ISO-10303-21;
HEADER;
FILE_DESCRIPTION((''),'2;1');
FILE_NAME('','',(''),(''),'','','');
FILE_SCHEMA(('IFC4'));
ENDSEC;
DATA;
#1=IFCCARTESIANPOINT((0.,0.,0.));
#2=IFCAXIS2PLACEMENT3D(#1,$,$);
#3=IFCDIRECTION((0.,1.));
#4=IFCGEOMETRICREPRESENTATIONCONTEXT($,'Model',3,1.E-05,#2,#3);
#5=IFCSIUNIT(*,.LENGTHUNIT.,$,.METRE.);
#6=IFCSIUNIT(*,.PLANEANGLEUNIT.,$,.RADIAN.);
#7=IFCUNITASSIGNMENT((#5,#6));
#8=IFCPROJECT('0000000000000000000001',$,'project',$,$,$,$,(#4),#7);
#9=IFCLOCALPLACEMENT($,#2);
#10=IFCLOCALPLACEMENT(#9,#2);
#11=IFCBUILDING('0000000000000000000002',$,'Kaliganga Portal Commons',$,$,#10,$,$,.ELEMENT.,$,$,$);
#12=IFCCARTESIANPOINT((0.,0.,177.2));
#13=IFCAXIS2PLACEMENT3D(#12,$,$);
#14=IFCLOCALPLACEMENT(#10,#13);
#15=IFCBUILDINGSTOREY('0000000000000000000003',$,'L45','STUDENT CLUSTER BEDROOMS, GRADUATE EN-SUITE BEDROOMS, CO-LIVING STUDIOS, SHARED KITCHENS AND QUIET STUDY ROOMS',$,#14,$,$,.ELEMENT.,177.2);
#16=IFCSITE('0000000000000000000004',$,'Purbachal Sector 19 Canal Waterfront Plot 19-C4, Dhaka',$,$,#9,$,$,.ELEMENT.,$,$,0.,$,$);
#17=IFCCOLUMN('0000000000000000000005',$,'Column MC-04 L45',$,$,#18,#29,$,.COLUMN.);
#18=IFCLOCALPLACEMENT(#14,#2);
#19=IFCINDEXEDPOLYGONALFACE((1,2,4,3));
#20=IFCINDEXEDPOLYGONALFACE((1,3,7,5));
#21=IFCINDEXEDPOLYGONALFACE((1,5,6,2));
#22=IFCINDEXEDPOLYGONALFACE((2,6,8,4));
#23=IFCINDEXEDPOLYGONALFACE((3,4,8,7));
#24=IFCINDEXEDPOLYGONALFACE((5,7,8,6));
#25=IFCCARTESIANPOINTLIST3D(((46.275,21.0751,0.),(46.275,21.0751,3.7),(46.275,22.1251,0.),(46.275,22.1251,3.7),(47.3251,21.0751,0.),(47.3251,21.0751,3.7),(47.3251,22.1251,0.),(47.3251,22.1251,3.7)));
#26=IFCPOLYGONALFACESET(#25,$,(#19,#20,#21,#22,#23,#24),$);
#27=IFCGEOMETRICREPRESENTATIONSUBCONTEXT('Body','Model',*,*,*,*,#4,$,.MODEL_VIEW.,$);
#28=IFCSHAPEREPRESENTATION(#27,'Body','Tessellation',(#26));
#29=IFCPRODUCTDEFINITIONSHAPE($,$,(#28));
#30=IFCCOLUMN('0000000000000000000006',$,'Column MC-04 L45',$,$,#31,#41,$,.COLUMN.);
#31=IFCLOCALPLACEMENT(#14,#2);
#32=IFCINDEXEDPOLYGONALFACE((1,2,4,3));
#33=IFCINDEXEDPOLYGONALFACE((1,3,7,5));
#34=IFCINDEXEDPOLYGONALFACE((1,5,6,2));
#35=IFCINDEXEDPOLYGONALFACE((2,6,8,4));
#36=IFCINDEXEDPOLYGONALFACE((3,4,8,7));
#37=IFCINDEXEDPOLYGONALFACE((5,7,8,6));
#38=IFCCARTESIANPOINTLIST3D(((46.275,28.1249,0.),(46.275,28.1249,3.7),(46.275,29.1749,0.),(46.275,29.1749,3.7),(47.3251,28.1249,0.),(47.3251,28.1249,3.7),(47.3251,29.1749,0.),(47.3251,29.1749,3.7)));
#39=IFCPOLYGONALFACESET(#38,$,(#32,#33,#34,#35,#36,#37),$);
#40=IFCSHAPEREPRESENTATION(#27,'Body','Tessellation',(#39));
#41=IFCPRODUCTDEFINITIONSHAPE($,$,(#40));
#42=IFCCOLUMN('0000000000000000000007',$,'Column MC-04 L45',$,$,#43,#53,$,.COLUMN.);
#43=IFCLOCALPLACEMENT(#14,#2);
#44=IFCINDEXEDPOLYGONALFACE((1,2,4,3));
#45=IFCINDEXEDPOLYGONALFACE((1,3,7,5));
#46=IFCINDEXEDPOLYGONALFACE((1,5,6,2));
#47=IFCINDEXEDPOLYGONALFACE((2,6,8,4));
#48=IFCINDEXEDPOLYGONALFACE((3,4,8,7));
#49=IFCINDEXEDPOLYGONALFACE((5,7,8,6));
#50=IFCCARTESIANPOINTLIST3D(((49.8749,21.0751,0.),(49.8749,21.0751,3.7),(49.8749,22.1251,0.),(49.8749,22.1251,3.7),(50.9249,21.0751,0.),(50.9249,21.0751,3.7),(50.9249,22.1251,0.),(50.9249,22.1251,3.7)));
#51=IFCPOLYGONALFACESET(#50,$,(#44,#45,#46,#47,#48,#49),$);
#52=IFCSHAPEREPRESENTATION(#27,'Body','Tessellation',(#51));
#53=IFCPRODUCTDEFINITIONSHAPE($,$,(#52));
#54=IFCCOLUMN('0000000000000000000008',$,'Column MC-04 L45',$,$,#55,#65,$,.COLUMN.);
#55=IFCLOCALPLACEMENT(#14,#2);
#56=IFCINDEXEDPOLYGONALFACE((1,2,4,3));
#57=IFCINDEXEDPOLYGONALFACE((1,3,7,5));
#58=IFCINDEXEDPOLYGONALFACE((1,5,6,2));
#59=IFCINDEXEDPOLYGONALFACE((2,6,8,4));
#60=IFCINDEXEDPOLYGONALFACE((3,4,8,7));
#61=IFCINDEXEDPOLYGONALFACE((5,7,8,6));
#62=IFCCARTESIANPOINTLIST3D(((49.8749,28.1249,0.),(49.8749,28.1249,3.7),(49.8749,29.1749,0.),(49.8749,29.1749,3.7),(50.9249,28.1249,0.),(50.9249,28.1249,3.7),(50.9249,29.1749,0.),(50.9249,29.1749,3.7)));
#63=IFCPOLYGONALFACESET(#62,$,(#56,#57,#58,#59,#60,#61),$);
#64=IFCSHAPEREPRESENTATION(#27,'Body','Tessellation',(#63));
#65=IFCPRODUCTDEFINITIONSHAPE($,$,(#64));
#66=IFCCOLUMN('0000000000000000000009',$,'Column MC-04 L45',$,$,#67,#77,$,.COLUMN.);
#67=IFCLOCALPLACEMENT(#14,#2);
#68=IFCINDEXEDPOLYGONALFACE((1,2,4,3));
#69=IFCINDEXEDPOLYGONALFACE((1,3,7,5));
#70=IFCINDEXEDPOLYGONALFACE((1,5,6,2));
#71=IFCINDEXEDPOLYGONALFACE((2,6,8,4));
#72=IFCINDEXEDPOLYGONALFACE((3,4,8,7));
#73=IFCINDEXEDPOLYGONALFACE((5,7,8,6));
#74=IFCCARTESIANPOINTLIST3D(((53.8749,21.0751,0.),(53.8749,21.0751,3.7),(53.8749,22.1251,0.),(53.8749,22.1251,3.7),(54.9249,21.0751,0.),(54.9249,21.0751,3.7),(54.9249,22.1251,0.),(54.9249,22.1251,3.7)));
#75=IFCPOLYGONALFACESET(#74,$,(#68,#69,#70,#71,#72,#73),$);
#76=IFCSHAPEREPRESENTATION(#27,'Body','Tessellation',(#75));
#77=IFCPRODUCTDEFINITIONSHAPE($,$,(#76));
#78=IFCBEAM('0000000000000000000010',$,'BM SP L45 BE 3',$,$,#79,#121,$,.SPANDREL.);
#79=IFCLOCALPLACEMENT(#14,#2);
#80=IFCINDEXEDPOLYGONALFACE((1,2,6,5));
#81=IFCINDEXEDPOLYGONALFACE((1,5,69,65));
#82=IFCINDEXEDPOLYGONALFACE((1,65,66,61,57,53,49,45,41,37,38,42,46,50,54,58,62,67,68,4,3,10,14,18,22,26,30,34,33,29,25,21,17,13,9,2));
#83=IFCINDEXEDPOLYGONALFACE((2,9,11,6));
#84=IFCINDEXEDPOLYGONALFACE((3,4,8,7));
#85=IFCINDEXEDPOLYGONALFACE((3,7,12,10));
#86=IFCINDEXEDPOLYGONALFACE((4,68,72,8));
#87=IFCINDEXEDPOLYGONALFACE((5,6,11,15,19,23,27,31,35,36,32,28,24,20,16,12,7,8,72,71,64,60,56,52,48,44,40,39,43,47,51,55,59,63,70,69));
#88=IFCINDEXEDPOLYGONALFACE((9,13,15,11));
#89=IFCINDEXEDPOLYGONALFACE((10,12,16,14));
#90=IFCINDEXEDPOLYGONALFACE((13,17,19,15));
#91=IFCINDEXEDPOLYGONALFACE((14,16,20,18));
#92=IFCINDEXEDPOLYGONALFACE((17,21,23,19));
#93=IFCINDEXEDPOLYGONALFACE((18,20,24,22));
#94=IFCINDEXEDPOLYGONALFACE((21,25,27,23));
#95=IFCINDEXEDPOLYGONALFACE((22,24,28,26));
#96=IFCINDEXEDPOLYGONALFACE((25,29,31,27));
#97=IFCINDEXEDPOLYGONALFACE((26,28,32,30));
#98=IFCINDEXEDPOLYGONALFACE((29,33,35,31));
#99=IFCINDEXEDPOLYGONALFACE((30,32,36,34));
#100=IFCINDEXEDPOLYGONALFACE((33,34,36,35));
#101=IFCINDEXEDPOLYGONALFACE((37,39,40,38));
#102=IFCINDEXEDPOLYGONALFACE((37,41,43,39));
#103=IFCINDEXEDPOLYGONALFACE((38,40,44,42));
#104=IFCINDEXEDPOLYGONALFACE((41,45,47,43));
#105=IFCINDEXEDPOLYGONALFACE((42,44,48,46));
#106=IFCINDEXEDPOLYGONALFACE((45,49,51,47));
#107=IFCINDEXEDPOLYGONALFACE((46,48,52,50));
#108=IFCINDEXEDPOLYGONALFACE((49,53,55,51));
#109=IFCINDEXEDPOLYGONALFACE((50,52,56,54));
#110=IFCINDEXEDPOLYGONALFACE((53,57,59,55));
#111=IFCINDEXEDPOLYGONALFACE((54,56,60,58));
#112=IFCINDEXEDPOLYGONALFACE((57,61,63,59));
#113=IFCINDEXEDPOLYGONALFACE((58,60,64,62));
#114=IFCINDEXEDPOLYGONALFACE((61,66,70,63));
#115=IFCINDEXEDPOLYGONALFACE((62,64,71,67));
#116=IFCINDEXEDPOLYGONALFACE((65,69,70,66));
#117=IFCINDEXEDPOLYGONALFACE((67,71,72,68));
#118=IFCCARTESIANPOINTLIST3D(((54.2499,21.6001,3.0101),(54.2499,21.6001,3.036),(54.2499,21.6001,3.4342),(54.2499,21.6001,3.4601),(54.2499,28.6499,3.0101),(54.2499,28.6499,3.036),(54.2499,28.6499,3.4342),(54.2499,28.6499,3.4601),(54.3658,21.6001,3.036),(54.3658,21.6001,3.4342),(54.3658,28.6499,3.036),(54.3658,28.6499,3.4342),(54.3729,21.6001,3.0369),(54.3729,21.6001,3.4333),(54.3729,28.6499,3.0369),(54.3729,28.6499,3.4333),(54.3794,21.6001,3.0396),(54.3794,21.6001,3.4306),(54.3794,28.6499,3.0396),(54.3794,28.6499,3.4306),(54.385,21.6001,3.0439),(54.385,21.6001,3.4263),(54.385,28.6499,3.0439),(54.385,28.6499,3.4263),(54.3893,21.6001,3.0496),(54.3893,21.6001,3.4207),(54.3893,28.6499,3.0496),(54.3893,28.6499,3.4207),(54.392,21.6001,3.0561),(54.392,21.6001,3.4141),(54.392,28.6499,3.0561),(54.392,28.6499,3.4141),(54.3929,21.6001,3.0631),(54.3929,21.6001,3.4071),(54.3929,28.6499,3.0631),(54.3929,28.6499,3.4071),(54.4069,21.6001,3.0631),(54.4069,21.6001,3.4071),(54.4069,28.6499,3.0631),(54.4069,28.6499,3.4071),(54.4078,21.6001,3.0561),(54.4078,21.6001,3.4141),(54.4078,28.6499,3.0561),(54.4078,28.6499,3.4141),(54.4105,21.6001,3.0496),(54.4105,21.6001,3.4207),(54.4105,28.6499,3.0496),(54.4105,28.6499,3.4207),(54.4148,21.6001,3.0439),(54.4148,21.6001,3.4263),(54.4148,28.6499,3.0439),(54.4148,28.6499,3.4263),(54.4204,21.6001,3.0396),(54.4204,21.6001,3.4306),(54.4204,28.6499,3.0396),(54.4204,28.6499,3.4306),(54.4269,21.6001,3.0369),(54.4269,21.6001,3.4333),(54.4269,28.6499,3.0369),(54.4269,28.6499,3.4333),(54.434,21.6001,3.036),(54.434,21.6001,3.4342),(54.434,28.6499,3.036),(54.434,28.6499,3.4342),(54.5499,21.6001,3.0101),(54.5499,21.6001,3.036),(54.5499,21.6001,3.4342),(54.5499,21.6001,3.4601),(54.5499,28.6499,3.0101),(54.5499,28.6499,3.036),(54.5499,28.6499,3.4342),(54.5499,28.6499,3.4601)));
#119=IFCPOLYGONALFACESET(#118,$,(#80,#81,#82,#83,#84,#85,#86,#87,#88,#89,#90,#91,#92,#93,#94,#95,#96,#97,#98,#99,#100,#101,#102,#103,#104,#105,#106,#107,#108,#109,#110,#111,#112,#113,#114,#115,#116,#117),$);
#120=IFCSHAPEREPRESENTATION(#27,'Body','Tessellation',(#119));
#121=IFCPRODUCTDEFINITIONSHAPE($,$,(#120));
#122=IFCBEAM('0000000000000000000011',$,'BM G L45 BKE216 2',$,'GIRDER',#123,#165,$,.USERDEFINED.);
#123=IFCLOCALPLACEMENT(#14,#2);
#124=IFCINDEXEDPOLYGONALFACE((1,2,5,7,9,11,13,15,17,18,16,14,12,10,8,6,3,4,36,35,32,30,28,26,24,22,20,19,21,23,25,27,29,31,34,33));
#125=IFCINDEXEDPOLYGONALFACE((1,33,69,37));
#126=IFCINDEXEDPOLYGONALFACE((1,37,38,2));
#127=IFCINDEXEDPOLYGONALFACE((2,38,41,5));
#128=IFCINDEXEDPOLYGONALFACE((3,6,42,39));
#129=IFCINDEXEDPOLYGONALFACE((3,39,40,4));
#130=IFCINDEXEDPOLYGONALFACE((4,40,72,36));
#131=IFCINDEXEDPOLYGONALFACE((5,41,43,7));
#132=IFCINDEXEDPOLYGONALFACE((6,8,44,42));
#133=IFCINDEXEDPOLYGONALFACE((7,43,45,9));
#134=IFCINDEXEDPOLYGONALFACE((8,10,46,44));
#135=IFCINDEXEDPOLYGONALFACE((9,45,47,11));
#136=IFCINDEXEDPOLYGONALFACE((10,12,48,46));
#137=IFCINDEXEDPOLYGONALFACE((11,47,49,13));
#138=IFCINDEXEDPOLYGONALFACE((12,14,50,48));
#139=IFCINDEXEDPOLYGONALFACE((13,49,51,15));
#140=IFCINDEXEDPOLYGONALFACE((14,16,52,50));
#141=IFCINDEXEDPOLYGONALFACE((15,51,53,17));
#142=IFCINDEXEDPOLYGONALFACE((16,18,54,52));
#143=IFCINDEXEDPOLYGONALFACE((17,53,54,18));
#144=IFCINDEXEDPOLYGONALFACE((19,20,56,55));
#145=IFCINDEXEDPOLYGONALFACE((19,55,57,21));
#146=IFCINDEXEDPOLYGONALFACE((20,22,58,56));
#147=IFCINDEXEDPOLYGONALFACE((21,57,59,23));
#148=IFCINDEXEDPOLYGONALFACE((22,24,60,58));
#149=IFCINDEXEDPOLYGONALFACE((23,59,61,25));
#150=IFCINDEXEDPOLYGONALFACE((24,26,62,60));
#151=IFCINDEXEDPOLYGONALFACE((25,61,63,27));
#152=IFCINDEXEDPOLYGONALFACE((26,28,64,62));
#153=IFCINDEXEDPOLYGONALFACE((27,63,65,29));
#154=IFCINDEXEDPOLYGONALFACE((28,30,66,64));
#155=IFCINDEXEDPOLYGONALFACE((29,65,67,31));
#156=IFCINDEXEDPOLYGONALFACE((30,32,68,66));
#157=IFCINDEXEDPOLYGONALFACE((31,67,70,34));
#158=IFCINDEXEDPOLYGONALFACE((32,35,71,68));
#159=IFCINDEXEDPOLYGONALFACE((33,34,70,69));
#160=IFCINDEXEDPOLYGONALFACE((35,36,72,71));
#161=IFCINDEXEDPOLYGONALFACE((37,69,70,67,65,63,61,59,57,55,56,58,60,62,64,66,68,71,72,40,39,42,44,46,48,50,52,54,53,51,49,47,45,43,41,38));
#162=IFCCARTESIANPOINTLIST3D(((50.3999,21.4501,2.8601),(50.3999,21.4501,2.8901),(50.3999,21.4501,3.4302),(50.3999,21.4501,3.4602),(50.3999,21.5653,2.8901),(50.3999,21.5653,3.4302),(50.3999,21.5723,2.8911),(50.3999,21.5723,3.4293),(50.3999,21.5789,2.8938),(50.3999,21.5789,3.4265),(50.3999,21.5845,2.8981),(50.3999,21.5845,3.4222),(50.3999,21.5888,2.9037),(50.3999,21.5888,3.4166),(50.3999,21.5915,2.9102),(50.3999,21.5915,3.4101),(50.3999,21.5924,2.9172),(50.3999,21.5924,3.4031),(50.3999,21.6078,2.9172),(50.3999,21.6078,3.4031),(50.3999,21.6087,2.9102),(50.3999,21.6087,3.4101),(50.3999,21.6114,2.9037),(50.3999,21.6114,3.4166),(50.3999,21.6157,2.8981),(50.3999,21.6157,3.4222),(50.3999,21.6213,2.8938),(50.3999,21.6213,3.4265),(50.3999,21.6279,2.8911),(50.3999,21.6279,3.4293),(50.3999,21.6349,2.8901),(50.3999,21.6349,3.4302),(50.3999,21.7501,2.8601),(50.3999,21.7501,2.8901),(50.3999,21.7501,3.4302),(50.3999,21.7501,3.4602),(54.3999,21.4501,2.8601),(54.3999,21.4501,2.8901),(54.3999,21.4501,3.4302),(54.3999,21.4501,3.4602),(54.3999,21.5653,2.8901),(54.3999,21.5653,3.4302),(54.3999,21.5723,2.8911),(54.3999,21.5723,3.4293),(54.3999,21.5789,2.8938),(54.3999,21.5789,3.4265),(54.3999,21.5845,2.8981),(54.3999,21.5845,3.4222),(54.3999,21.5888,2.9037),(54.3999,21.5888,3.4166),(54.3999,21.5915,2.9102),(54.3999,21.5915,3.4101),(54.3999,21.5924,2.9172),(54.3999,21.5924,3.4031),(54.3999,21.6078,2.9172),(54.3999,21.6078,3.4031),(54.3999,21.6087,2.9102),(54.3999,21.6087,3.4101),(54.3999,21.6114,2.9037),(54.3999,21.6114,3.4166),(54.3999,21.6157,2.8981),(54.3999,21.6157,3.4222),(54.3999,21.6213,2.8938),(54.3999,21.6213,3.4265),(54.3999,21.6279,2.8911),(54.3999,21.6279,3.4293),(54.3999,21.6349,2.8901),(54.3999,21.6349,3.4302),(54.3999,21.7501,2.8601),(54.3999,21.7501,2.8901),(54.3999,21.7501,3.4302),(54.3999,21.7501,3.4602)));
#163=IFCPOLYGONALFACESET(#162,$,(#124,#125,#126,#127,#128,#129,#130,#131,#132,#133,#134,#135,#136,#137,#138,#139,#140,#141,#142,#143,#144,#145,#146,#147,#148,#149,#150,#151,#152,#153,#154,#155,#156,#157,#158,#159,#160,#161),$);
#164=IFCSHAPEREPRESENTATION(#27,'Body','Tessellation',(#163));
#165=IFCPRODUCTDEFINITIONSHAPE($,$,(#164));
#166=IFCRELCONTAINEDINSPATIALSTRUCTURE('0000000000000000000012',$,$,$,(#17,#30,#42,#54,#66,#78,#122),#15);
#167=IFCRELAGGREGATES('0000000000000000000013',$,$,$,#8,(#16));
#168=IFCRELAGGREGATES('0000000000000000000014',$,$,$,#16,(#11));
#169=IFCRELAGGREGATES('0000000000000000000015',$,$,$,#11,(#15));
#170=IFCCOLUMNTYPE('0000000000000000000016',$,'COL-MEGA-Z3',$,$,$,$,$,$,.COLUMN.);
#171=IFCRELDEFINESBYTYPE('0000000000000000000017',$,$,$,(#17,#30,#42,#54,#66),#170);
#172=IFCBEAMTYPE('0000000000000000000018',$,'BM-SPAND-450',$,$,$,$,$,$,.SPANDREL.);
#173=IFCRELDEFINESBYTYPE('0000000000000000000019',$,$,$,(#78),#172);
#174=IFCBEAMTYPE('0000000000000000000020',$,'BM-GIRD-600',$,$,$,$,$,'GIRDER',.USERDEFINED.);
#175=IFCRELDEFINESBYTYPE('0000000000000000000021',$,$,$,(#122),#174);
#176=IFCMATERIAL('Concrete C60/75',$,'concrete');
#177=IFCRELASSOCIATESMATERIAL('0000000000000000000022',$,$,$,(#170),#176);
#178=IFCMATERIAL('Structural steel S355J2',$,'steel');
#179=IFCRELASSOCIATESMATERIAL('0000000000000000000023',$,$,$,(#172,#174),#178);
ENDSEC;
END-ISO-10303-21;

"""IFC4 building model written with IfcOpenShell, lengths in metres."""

from ifc_helpers import new_model, si_unit, direction, frame, origin, origin_2d, place, context, subcontext, project, spatial, rectangle, i_section, extrude, source, transform, mapped, material, material_profile, profile_set, type_object, element, save


model = new_model("IFC4")

# Units and contexts
model_context = context("Model", 3, precision=1e-05, world=origin(), true_north=direction((0.0, 1.0)))
body_context = subcontext(model_context, "Body", "Model", "MODEL_VIEW")
ifc_project = project(units=[si_unit("LENGTHUNIT", "METRE"), si_unit("PLANEANGLEUNIT", "RADIAN")], contexts=[model_context])

# Site, building, storey
site_placement = place(None, origin())
site = spatial("IfcSite", under=ifc_project, at=site_placement, Name="Purbachal Sector 19 Canal Waterfront Plot 19-C4, Dhaka", CompositionType="ELEMENT", RefElevation=0.0)
building_placement = place(site_placement, origin())
building = spatial("IfcBuilding", under=site, at=building_placement, Name="Kaliganga Portal Commons", CompositionType="ELEMENT")
storey_placement = place(building_placement, frame((0.0, 0.0, 177.2)))
storey = spatial("IfcBuildingStorey", under=building, at=storey_placement, Name="L45", Description="STUDENT CLUSTER BEDROOMS, GRADUATE EN-SUITE BEDROOMS, CO-LIVING STUDIOS, SHARED KITCHENS AND QUIET STUDY ROOMS", CompositionType="ELEMENT", Elevation=177.2)

# Columns
ifc_material_1 = material(Name="Concrete C60/75", Category="concrete")
ifc_material_profile_1 = material_profile(ifc_material_1, rectangle(XDim=1.05, YDim=1.05, at=origin_2d()), Name="RC 1050x1050")
ifc_profile_set_1 = profile_set([ifc_material_profile_1], Name="Concrete C60/75")
column_type = type_object("IfcColumnType", Name="COL-MEGA-Z3", PredefinedType="COLUMN", material=ifc_profile_set_1)
shared_shape_1 = source(origin(), body_context, "Body", "SweptSolid", [
    extrude(rectangle(XDim=1.05, YDim=1.05, at=origin_2d()), origin(), (0.0, 0.0, 1.0), 3.7),
])
for number, where, z_axis, x_axis, name in (
    (1, (46.8, 21.6001, 0.0), (0.0, 0.0, 1.0), (1.0, 0.0, 0.0), "Column MC-04 L45"),
    (2, (46.8, 28.6499, 0.0), (0.0, 0.0, 1.0), (1.0, 0.0, 0.0), "Column MC-04 L45"),
    (3, (50.3999, 21.6001, 0.0), (0.0, 0.0, 1.0), (1.0, 0.0, 0.0), "Column MC-04 L45"),
    (4, (50.3999, 28.6499, 0.0), (0.0, 0.0, 1.0), (1.0, 0.0, 0.0), "Column MC-04 L45"),
    (5, (54.3999, 21.6001, 0.0), (0.0, 0.0, 1.0), (1.0, 0.0, 0.0), "Column MC-04 L45"),
):
    element("IfcColumn", number, at=place(storey_placement, frame(where, z_axis=z_axis, x_axis=x_axis)), inside=storey, type_object=column_type, Name=name, PredefinedType="COLUMN", context=body_context, shape_type="MappedRepresentation", body=[
        mapped(shared_shape_1, transform((0.0, 0.0, 0.0), x_axis=(1.0, 0.0, 0.0), y_axis=(0.0, 1.0, 0.0), z_axis=(0.0, 0.0, 1.0), scale=1.0)),
    ])

# Beams
ifc_material_2 = material(Name="Structural steel S355J2", Category="steel")
ifc_material_profile_2 = material_profile(ifc_material_2, i_section(OverallWidth=0.3, OverallDepth=0.45, WebThickness=0.0139, FlangeThickness=0.0259, FilletRadius=0.0271, at=origin_2d()), Name="HE 450 B")
ifc_profile_set_2 = profile_set([ifc_material_profile_2], Name="Structural steel S355J2 wide-flange")
beam_type_1 = type_object("IfcBeamType", Name="BM-SPAND-450", PredefinedType="SPANDREL", material=ifc_profile_set_2)
shared_shape_2 = source(origin(), body_context, "Body", "SweptSolid", [
    extrude(i_section(OverallWidth=0.3, OverallDepth=0.45, WebThickness=0.0139, FlangeThickness=0.0259, FilletRadius=0.0271, at=origin_2d()), origin(), (0.0, 0.0, 1.0), 7.0498),
])
beam_1_placement = place(storey_placement, frame((54.3999, 21.6001, 3.2351), z_axis=(0.0, 1.0, 0.0), x_axis=(-1.0, 0.0, 0.0)))
element("IfcBeam", 6, at=beam_1_placement, inside=storey, type_object=beam_type_1, Name="BM SP L45 BE 3", PredefinedType="SPANDREL", context=body_context, shape_type="MappedRepresentation", body=[
    mapped(shared_shape_2, transform((0.0, 0.0, 0.0), x_axis=(1.0, 0.0, 0.0), y_axis=(0.0, 1.0, 0.0), z_axis=(0.0, 0.0, 1.0), scale=1.0)),
])
ifc_material_profile_3 = material_profile(ifc_material_2, i_section(OverallWidth=0.3, OverallDepth=0.6001, WebThickness=0.0154, FlangeThickness=0.03, FilletRadius=0.0271, at=origin_2d()), Name="HE 600 B")
ifc_profile_set_3 = profile_set([ifc_material_profile_3], Name="Structural steel S355J2 wide-flange")
beam_type_2 = type_object("IfcBeamType", Name="BM-GIRD-600", ElementType="GIRDER", PredefinedType="USERDEFINED", material=ifc_profile_set_3)
shared_shape_3 = source(origin(), body_context, "Body", "SweptSolid", [
    extrude(i_section(OverallWidth=0.3, OverallDepth=0.6001, WebThickness=0.0154, FlangeThickness=0.03, FilletRadius=0.0271, at=origin_2d()), origin(), (0.0, 0.0, 1.0), 4.0),
])
for number, where, z_axis, x_axis, name in (
    (7, (50.3999, 21.6001, 3.1602), (1.0, 0.0, 0.0), (0.0, 1.0, 0.0), "BM G L45 BKE216 2"),
):
    element("IfcBeam", number, at=place(storey_placement, frame(where, z_axis=z_axis, x_axis=x_axis)), inside=storey, type_object=beam_type_2, Name=name, ObjectType="GIRDER", PredefinedType="USERDEFINED", context=body_context, shape_type="MappedRepresentation", body=[
        mapped(shared_shape_3, transform((0.0, 0.0, 0.0), x_axis=(1.0, 0.0, 0.0), y_axis=(0.0, 1.0, 0.0), z_axis=(0.0, 0.0, 1.0), scale=1.0)),
    ])

save(model, "model.ifc")
